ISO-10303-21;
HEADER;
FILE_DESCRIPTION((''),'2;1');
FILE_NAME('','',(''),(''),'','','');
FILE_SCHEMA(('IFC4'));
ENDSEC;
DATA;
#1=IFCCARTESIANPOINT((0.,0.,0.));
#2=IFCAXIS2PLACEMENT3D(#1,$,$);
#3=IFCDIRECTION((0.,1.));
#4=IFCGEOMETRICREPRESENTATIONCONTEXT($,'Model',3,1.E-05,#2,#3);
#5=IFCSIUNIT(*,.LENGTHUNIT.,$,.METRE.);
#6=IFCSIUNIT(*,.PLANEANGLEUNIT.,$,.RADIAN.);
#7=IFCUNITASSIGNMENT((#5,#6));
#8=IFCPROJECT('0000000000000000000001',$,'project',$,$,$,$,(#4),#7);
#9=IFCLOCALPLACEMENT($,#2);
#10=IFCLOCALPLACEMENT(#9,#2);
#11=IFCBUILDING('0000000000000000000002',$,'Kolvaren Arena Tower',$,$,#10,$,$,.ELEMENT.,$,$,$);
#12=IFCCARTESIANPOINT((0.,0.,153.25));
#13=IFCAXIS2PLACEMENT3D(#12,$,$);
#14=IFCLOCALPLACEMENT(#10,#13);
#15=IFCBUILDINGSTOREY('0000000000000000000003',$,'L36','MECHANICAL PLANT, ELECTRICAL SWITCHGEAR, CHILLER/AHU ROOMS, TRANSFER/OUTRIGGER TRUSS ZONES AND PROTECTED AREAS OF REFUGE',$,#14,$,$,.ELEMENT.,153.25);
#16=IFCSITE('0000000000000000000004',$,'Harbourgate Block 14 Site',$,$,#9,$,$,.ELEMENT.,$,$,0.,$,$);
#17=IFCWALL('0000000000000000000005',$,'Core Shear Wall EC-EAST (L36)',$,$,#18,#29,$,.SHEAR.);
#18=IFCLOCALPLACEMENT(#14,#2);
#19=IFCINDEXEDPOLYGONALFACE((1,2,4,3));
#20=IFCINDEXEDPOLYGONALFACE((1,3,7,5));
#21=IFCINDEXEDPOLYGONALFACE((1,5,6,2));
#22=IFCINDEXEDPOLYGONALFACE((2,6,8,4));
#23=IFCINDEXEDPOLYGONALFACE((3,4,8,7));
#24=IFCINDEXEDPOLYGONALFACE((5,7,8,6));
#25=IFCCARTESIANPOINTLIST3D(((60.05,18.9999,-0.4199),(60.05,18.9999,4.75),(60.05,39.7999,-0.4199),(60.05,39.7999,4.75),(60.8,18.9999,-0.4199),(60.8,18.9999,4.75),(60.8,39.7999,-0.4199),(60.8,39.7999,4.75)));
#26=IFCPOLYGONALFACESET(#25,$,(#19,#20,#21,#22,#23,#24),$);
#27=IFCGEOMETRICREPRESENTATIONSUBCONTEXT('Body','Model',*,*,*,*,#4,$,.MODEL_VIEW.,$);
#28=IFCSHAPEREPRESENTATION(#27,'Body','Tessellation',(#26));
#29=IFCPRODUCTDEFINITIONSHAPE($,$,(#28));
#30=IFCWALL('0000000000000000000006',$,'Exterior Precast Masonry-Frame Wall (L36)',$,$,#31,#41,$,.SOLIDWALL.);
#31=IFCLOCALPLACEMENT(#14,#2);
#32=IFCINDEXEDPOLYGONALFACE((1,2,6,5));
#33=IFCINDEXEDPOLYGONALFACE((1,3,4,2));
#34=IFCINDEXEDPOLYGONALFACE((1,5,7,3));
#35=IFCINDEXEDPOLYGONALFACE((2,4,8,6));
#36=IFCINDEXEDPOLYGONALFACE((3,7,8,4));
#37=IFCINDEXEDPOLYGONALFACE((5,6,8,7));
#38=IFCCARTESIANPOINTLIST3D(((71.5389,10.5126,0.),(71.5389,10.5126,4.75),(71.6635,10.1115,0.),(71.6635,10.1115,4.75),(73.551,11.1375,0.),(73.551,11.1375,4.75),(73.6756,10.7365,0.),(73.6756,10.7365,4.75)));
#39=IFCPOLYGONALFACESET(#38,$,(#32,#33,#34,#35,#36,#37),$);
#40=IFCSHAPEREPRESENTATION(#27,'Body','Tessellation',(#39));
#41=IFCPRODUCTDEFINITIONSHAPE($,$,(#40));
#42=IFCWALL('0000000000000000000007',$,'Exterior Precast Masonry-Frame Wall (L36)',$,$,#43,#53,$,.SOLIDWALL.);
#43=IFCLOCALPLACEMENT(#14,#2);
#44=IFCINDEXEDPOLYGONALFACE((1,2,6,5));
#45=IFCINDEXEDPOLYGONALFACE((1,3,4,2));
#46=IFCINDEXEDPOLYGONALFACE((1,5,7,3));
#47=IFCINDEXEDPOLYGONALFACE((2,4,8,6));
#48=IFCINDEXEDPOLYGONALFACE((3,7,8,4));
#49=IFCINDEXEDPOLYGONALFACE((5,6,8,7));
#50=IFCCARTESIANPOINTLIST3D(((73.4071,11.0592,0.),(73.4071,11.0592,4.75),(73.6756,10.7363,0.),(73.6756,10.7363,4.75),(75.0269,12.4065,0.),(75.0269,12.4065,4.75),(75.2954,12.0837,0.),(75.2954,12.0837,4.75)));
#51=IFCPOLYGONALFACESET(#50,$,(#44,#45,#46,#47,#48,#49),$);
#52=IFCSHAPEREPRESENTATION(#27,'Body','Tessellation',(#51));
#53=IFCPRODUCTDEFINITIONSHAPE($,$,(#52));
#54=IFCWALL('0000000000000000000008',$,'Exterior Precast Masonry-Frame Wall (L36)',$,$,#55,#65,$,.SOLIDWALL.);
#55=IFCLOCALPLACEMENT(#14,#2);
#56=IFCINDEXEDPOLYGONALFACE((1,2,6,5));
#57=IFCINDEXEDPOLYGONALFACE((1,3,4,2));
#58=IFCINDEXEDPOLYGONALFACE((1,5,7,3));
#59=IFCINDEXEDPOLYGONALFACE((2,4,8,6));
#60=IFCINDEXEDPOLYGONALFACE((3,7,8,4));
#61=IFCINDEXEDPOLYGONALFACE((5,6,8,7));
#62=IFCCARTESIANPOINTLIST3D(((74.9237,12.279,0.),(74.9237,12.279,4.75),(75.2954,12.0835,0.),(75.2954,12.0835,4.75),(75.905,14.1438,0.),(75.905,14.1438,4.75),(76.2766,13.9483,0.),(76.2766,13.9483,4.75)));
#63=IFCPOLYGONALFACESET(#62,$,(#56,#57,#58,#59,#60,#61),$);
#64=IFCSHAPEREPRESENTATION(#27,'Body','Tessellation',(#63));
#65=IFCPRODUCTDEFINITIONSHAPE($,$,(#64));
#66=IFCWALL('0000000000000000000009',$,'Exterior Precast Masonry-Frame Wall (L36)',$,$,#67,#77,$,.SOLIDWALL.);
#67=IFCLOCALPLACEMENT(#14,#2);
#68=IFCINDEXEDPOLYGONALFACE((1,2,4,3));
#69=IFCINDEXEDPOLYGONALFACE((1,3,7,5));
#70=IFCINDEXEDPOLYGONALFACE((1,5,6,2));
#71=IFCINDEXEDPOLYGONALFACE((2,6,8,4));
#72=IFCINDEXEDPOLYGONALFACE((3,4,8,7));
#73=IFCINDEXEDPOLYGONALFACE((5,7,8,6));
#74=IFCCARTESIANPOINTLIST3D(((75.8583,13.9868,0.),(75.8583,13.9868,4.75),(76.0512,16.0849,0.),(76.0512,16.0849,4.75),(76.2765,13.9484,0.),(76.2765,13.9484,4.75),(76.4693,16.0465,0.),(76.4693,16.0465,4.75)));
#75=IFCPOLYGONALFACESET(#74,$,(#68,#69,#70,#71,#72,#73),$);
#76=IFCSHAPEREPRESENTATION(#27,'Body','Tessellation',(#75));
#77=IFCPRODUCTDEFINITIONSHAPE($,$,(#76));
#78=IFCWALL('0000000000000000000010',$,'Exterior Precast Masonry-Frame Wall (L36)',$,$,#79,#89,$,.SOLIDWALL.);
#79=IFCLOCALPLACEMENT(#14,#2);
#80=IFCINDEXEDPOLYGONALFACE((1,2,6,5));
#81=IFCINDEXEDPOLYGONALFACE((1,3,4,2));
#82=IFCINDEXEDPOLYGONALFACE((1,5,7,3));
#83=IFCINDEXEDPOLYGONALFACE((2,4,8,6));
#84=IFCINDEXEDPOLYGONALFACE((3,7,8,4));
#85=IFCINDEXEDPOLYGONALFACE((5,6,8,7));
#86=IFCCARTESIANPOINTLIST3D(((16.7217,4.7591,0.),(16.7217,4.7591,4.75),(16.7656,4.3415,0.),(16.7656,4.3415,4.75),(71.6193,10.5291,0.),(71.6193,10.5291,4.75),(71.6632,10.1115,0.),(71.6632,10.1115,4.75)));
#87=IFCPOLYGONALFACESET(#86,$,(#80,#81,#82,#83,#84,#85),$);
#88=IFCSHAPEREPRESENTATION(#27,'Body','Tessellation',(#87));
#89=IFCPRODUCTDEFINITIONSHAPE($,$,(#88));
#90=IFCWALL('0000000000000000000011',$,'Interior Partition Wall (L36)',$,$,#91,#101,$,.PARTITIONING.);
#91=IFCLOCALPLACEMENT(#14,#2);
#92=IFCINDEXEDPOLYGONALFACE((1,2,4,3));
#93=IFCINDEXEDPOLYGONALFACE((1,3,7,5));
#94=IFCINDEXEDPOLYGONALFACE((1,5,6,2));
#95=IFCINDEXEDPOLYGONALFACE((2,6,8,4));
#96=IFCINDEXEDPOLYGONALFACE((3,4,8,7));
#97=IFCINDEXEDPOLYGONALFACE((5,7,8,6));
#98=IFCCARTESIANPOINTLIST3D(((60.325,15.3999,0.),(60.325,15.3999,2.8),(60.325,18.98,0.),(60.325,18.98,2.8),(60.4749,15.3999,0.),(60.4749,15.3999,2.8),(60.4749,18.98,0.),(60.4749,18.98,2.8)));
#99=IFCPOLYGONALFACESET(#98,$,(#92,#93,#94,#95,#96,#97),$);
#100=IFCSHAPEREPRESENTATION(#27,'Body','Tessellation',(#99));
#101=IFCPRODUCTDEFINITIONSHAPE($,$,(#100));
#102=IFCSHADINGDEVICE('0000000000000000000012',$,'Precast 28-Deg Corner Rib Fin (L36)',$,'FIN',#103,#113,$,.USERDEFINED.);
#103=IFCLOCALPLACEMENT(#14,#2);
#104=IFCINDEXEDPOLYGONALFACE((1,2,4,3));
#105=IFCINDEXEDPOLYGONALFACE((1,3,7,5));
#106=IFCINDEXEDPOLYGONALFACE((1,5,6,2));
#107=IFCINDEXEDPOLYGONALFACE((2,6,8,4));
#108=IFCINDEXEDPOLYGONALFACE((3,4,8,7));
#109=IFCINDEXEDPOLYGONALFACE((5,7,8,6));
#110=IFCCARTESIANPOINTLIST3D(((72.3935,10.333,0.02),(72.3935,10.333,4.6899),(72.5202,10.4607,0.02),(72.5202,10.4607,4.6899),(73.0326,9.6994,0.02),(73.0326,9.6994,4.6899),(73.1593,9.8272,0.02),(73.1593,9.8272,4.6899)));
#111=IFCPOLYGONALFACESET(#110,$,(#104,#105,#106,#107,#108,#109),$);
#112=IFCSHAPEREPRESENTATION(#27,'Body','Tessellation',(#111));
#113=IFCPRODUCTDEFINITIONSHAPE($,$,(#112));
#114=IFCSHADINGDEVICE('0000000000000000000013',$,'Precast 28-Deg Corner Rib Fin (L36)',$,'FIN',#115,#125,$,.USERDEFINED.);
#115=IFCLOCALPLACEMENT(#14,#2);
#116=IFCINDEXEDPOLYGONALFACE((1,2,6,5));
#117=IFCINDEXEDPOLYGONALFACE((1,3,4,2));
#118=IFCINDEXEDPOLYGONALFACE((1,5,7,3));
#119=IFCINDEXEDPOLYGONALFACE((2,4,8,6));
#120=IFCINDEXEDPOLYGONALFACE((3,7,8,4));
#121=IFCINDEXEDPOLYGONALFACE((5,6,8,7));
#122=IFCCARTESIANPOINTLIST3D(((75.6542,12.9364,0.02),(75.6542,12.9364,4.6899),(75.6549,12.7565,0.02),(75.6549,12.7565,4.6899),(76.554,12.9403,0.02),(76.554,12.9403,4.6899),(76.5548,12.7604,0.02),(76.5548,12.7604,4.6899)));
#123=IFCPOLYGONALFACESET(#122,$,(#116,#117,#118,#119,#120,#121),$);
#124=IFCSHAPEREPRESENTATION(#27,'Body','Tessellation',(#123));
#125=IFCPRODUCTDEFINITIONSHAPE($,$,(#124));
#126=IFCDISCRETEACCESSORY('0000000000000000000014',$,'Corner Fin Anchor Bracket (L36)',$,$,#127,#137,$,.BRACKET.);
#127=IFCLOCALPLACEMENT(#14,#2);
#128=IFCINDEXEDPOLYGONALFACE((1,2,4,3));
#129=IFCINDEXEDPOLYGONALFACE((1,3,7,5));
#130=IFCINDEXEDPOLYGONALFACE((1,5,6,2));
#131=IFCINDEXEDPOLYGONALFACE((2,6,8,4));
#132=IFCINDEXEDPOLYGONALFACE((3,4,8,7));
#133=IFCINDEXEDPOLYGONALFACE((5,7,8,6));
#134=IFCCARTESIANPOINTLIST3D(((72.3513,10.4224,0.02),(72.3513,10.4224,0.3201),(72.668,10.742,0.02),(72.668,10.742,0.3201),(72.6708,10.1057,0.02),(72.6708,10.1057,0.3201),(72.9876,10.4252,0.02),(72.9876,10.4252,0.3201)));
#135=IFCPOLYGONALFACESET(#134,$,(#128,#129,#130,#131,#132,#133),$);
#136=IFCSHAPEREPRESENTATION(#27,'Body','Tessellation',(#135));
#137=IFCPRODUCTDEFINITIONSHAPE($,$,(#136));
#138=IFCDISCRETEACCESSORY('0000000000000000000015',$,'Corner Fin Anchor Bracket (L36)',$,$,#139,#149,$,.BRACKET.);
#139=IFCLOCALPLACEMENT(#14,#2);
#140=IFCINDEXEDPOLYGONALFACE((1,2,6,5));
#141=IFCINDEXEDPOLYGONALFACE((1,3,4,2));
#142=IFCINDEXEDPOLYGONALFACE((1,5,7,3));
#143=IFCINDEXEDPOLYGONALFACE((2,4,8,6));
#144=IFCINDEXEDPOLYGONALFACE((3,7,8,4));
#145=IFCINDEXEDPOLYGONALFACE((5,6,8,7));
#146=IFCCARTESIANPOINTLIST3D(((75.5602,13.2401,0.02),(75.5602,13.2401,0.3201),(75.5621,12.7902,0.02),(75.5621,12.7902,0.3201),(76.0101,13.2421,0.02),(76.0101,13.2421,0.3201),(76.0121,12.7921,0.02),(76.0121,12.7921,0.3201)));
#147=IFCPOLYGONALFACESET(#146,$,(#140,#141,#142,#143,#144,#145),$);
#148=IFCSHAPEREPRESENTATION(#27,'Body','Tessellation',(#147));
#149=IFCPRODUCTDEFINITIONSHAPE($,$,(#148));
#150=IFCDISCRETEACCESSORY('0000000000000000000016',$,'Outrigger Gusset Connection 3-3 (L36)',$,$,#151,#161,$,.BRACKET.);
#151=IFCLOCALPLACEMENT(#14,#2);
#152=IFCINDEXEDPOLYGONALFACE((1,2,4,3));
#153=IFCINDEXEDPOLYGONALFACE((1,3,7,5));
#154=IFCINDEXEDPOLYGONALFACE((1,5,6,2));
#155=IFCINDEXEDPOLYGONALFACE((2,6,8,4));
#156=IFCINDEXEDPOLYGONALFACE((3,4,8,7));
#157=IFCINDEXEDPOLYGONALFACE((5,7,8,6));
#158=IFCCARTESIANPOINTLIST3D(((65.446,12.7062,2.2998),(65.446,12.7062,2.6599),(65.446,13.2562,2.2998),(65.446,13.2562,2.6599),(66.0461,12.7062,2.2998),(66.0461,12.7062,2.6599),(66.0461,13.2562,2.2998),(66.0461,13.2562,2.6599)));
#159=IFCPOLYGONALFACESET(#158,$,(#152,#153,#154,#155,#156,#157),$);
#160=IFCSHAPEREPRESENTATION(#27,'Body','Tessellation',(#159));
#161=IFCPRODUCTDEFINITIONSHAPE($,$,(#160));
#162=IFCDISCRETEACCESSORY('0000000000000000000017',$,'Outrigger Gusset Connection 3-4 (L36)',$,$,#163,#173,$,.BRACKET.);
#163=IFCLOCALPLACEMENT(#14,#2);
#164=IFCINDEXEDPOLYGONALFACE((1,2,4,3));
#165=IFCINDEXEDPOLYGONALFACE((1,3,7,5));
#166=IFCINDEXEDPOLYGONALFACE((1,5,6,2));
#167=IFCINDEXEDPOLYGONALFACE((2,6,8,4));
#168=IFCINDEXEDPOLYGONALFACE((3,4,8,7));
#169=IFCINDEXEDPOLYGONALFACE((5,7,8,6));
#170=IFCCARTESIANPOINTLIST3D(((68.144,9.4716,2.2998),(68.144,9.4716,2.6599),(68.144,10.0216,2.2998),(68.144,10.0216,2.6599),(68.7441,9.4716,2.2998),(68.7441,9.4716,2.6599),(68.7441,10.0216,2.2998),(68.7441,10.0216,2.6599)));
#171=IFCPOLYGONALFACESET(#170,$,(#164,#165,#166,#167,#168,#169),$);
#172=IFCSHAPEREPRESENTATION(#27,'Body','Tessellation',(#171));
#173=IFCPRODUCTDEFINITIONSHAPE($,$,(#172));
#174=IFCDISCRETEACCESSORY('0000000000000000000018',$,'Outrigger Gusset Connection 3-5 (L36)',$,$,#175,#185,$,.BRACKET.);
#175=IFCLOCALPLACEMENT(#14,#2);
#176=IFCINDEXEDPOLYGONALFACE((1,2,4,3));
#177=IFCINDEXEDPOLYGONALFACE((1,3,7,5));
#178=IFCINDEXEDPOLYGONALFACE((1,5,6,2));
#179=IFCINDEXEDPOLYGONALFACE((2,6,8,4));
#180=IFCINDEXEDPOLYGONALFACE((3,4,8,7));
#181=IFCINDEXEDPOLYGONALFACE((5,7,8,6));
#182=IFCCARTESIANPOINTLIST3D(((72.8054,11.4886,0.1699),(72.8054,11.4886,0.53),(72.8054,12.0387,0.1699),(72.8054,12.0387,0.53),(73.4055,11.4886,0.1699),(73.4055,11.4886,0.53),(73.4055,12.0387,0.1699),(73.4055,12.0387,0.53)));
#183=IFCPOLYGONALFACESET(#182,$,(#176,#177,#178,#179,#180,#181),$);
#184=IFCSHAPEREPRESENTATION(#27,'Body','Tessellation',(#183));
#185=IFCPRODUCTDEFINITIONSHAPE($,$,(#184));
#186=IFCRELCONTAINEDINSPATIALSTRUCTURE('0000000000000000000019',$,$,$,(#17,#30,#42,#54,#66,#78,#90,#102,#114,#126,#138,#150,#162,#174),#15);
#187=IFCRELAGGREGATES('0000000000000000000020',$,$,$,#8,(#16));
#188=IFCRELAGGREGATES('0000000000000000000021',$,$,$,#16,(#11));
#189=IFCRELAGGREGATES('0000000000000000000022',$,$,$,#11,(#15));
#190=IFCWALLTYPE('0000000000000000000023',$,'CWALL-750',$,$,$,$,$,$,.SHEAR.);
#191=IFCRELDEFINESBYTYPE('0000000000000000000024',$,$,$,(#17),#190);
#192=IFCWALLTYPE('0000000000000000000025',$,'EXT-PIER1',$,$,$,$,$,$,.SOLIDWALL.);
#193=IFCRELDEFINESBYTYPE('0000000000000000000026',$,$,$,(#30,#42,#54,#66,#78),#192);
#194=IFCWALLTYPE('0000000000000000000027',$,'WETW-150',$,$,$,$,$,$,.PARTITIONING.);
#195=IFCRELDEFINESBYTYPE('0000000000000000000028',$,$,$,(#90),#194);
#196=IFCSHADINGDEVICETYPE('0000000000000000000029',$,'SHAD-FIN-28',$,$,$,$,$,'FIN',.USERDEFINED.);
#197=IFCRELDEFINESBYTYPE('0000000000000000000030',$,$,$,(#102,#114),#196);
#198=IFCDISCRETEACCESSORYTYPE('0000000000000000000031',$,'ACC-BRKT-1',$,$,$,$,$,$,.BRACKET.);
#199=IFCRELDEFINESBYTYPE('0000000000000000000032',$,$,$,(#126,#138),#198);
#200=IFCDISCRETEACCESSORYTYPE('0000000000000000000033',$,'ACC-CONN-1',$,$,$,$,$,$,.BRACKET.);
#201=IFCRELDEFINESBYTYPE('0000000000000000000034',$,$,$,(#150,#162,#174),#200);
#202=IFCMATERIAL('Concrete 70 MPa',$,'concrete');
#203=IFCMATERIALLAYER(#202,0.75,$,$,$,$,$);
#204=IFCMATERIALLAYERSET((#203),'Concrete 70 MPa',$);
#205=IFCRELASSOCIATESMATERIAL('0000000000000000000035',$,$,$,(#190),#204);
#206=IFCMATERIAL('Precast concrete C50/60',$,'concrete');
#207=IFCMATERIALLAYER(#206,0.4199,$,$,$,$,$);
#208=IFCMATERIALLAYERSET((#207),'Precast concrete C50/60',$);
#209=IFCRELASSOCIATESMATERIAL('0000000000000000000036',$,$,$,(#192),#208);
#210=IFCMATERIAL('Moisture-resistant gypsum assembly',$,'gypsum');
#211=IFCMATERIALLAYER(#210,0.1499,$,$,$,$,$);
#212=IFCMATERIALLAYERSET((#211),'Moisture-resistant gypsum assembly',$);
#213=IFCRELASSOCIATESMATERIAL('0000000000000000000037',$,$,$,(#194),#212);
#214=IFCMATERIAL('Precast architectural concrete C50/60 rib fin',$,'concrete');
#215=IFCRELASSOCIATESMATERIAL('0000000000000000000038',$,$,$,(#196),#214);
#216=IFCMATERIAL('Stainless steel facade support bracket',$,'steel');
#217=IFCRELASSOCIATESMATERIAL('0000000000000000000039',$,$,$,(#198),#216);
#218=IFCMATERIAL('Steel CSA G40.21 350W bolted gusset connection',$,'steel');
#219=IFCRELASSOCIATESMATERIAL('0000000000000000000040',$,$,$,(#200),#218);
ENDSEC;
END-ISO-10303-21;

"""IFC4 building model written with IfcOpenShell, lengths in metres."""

from ifc_helpers import new_model, si_unit, direction, frame, frame_2d, origin, origin_2d, place, context, subcontext, project, spatial, rectangle, extrude, material, layer, layer_set, type_object, element, save


model = new_model("IFC4")

# Units and contexts
model_context = context("Model", 3, precision=1e-05, world=origin(), true_north=direction((0.0, 1.0)))
body_context = subcontext(model_context, "Body", "Model", "MODEL_VIEW")
ifc_project = project(units=[si_unit("LENGTHUNIT", "METRE"), si_unit("PLANEANGLEUNIT", "RADIAN")], contexts=[model_context])

# Site, building, storey
site_placement = place(None, origin())
site = spatial("IfcSite", under=ifc_project, at=site_placement, Name="Harbourgate Block 14 Site", CompositionType="ELEMENT", RefElevation=0.0)
building_placement = place(site_placement, origin())
building = spatial("IfcBuilding", under=site, at=building_placement, Name="Kolvaren Arena Tower", CompositionType="ELEMENT")
storey_placement = place(building_placement, frame((0.0, 0.0, 153.25)))
storey = spatial("IfcBuildingStorey", under=building, at=storey_placement, Name="L36", Description="MECHANICAL PLANT, ELECTRICAL SWITCHGEAR, CHILLER/AHU ROOMS, TRANSFER/OUTRIGGER TRUSS ZONES AND PROTECTED AREAS OF REFUGE", CompositionType="ELEMENT", Elevation=153.25)

# Walls
ifc_material_1 = material(Name="Concrete 70 MPa", Category="concrete")
ifc_layer_1 = layer(ifc_material_1, 0.75)
ifc_layer_set_1 = layer_set([ifc_layer_1], Name="Concrete 70 MPa")
wall_type_1 = type_object("IfcWallType", Name="CWALL-750", PredefinedType="SHEAR", material=ifc_layer_set_1)
wall_1_placement = place(storey_placement, frame((60.425, 19.0, -0.4199), z_axis=(0.0, 0.0, 1.0), x_axis=(0.0, 1.0, 0.0)))
element("IfcWall", 1, at=wall_1_placement, inside=storey, type_object=wall_type_1, Name="Core Shear Wall EC-EAST (L36)", PredefinedType="SHEAR", context=body_context, shape_type="SweptSolid", body=[
    extrude(rectangle(XDim=20.8, YDim=0.75, at=frame_2d((10.3999, 0.0))), origin(), (0.0, 0.0, 1.0), 5.1699),
])
ifc_material_2 = material(Name="Precast concrete C50/60", Category="concrete")
ifc_layer_2 = layer(ifc_material_2, 0.4199)
ifc_layer_set_2 = layer_set([ifc_layer_2], Name="Precast concrete C50/60")
wall_type_2 = type_object("IfcWallType", Name="EXT-PIER1", PredefinedType="SOLIDWALL", material=ifc_layer_set_2)
for number, where, z_axis, x_axis, name in (
    (2, (73.6133, 10.937, 0.0), (0.0, 0.0, 1.0), (-0.954994, -0.296625, 0.0), "Exterior Precast Masonry-Frame Wall (L36)"),
    (3, (75.1611, 12.2451, 0.0), (0.0, 0.0, 1.0), (-0.7688, -0.639489, 0.0), "Exterior Precast Masonry-Frame Wall (L36)"),
):
    element("IfcWall", number, at=place(storey_placement, frame(where, z_axis=z_axis, x_axis=x_axis)), inside=storey, type_object=wall_type_2, Name=name, PredefinedType="SOLIDWALL", context=body_context, shape_type="SweptSolid", body=[
        extrude(rectangle(XDim=2.1069, YDim=0.4199, at=frame_2d((1.0535, 0.0))), origin(), (0.0, 0.0, 1.0), 4.75),
    ])
wall_2_placement = place(storey_placement, frame((76.0908, 14.0461, 0.0), z_axis=(0.0, 0.0, 1.0), x_axis=(-0.465656, -0.884966, 0.0)))
element("IfcWall", 4, at=wall_2_placement, inside=storey, type_object=wall_type_2, Name="Exterior Precast Masonry-Frame Wall (L36)", PredefinedType="SOLIDWALL", context=body_context, shape_type="SweptSolid", body=[
    extrude(rectangle(XDim=2.1072, YDim=0.4199, at=frame_2d((1.0537, 0.0))), origin(), (0.0, 0.0, 1.0), 4.75),
])
wall_3_placement = place(storey_placement, frame((76.2603, 16.0657, 0.0), z_axis=(0.0, 0.0, 1.0), x_axis=(-0.091539, -0.995802, 0.0)))
element("IfcWall", 5, at=wall_3_placement, inside=storey, type_object=wall_type_2, Name="Exterior Precast Masonry-Frame Wall (L36)", PredefinedType="SOLIDWALL", context=body_context, shape_type="SweptSolid", body=[
    extrude(rectangle(XDim=2.1069, YDim=0.4199, at=frame_2d((1.0535, 0.0))), origin(), (0.0, 0.0, 1.0), 4.75),
])
wall_4_placement = place(storey_placement, frame((71.6414, 10.3203, 0.0), z_axis=(0.0, 0.0, 1.0), x_axis=(-0.994522, -0.10453, 0.0)))
element("IfcWall", 6, at=wall_4_placement, inside=storey, type_object=wall_type_2, Name="Exterior Precast Masonry-Frame Wall (L36)", PredefinedType="SOLIDWALL", context=body_context, shape_type="SweptSolid", body=[
    extrude(rectangle(XDim=55.2, YDim=0.4199, at=frame_2d((27.6001, 0.0))), origin(), (0.0, 0.0, 1.0), 4.75),
])
ifc_material_3 = material(Name="Moisture-resistant gypsum assembly", Category="gypsum")
ifc_layer_3 = layer(ifc_material_3, 0.1499)
ifc_layer_set_3 = layer_set([ifc_layer_3], Name="Moisture-resistant gypsum assembly")
wall_type_3 = type_object("IfcWallType", Name="WETW-150", PredefinedType="PARTITIONING", material=ifc_layer_set_3)
wall_5_placement = place(storey_placement, frame((60.3999, 15.3999, 0.0), z_axis=(0.0, 0.0, 1.0), x_axis=(0.0, 1.0, 0.0)))
element("IfcWall", 7, at=wall_5_placement, inside=storey, type_object=wall_type_3, Name="Interior Partition Wall (L36)", PredefinedType="PARTITIONING", context=body_context, shape_type="SweptSolid", body=[
    extrude(rectangle(XDim=3.5801, YDim=0.1499, at=frame_2d((1.79, 0.0))), origin(), (0.0, 0.0, 1.0), 2.8),
])

# Shading devices
ifc_material_4 = material(Name="Precast architectural concrete C50/60 rib fin", Category="concrete")
shading_device_type = type_object("IfcShadingDeviceType", Name="SHAD-FIN-28", ElementType="FIN", PredefinedType="USERDEFINED", material=ifc_material_4)
for number, where, z_axis, x_axis, name in (
    (8, (72.7764, 10.0801, 0.02), (0.0, 0.0, 1.0), (0.710184, -0.704016, 0.0), "Precast 28-Deg Corner Rib Fin (L36)"),
    (9, (76.1045, 12.8484, 0.02), (0.0, 0.0, 1.0), (0.999991, 0.004349, 0.0), "Precast 28-Deg Corner Rib Fin (L36)"),
):
    element("IfcShadingDevice", number, at=place(storey_placement, frame(where, z_axis=z_axis, x_axis=x_axis)), inside=storey, type_object=shading_device_type, Name=name, ObjectType="FIN", PredefinedType="USERDEFINED", context=body_context, shape_type="SweptSolid", body=[
        extrude(rectangle(XDim=0.8999, YDim=0.1799, at=origin_2d()), origin(), (0.0, 0.0, 1.0), 4.6699),
    ])

# Discrete accessories
ifc_material_5 = material(Name="Stainless steel facade support bracket", Category="steel")
discrete_accessory_type_1 = type_object("IfcDiscreteAccessoryType", Name="ACC-BRKT-1", PredefinedType="BRACKET", material=ifc_material_5)
for number, where, z_axis, x_axis, name in (
    (10, (72.6694, 10.4238, 0.02), (0.0, 0.0, 1.0), (0.710184, -0.704016, 0.0), "Corner Fin Anchor Bracket (L36)"),
    (11, (75.7861, 13.0161, 0.02), (0.0, 0.0, 1.0), (0.999991, 0.004349, 0.0), "Corner Fin Anchor Bracket (L36)"),
):
    element("IfcDiscreteAccessory", number, at=place(storey_placement, frame(where, z_axis=z_axis, x_axis=x_axis)), inside=storey, type_object=discrete_accessory_type_1, Name=name, PredefinedType="BRACKET", context=body_context, shape_type="SweptSolid", body=[
        extrude(rectangle(XDim=0.45, YDim=0.45, at=origin_2d()), origin(), (0.0, 0.0, 1.0), 0.3),
    ])
ifc_material_6 = material(Name="Steel CSA G40.21 350W bolted gusset connection", Category="steel")
discrete_accessory_type_2 = type_object("IfcDiscreteAccessoryType", Name="ACC-CONN-1", PredefinedType="BRACKET", material=ifc_material_6)
for number, where, z_axis, x_axis, name in (
    (12, (65.7461, 12.9812, 2.2998), (0.0, 0.0, 1.0), (1.0, 0.0, 0.0), "Outrigger Gusset Connection 3-3 (L36)"),
    (13, (68.4441, 9.7466, 2.2998), (0.0, 0.0, 1.0), (1.0, 0.0, 0.0), "Outrigger Gusset Connection 3-4 (L36)"),
    (14, (73.1055, 11.7637, 0.1699), (0.0, 0.0, 1.0), (1.0, 0.0, 0.0), "Outrigger Gusset Connection 3-5 (L36)"),
):
    element("IfcDiscreteAccessory", number, at=place(storey_placement, frame(where, z_axis=z_axis, x_axis=x_axis)), inside=storey, type_object=discrete_accessory_type_2, Name=name, PredefinedType="BRACKET", context=body_context, shape_type="SweptSolid", body=[
        extrude(rectangle(XDim=0.6001, YDim=0.55, at=origin_2d()), origin(), (0.0, 0.0, 1.0), 0.3601),
    ])

save(model, "model.ifc")
